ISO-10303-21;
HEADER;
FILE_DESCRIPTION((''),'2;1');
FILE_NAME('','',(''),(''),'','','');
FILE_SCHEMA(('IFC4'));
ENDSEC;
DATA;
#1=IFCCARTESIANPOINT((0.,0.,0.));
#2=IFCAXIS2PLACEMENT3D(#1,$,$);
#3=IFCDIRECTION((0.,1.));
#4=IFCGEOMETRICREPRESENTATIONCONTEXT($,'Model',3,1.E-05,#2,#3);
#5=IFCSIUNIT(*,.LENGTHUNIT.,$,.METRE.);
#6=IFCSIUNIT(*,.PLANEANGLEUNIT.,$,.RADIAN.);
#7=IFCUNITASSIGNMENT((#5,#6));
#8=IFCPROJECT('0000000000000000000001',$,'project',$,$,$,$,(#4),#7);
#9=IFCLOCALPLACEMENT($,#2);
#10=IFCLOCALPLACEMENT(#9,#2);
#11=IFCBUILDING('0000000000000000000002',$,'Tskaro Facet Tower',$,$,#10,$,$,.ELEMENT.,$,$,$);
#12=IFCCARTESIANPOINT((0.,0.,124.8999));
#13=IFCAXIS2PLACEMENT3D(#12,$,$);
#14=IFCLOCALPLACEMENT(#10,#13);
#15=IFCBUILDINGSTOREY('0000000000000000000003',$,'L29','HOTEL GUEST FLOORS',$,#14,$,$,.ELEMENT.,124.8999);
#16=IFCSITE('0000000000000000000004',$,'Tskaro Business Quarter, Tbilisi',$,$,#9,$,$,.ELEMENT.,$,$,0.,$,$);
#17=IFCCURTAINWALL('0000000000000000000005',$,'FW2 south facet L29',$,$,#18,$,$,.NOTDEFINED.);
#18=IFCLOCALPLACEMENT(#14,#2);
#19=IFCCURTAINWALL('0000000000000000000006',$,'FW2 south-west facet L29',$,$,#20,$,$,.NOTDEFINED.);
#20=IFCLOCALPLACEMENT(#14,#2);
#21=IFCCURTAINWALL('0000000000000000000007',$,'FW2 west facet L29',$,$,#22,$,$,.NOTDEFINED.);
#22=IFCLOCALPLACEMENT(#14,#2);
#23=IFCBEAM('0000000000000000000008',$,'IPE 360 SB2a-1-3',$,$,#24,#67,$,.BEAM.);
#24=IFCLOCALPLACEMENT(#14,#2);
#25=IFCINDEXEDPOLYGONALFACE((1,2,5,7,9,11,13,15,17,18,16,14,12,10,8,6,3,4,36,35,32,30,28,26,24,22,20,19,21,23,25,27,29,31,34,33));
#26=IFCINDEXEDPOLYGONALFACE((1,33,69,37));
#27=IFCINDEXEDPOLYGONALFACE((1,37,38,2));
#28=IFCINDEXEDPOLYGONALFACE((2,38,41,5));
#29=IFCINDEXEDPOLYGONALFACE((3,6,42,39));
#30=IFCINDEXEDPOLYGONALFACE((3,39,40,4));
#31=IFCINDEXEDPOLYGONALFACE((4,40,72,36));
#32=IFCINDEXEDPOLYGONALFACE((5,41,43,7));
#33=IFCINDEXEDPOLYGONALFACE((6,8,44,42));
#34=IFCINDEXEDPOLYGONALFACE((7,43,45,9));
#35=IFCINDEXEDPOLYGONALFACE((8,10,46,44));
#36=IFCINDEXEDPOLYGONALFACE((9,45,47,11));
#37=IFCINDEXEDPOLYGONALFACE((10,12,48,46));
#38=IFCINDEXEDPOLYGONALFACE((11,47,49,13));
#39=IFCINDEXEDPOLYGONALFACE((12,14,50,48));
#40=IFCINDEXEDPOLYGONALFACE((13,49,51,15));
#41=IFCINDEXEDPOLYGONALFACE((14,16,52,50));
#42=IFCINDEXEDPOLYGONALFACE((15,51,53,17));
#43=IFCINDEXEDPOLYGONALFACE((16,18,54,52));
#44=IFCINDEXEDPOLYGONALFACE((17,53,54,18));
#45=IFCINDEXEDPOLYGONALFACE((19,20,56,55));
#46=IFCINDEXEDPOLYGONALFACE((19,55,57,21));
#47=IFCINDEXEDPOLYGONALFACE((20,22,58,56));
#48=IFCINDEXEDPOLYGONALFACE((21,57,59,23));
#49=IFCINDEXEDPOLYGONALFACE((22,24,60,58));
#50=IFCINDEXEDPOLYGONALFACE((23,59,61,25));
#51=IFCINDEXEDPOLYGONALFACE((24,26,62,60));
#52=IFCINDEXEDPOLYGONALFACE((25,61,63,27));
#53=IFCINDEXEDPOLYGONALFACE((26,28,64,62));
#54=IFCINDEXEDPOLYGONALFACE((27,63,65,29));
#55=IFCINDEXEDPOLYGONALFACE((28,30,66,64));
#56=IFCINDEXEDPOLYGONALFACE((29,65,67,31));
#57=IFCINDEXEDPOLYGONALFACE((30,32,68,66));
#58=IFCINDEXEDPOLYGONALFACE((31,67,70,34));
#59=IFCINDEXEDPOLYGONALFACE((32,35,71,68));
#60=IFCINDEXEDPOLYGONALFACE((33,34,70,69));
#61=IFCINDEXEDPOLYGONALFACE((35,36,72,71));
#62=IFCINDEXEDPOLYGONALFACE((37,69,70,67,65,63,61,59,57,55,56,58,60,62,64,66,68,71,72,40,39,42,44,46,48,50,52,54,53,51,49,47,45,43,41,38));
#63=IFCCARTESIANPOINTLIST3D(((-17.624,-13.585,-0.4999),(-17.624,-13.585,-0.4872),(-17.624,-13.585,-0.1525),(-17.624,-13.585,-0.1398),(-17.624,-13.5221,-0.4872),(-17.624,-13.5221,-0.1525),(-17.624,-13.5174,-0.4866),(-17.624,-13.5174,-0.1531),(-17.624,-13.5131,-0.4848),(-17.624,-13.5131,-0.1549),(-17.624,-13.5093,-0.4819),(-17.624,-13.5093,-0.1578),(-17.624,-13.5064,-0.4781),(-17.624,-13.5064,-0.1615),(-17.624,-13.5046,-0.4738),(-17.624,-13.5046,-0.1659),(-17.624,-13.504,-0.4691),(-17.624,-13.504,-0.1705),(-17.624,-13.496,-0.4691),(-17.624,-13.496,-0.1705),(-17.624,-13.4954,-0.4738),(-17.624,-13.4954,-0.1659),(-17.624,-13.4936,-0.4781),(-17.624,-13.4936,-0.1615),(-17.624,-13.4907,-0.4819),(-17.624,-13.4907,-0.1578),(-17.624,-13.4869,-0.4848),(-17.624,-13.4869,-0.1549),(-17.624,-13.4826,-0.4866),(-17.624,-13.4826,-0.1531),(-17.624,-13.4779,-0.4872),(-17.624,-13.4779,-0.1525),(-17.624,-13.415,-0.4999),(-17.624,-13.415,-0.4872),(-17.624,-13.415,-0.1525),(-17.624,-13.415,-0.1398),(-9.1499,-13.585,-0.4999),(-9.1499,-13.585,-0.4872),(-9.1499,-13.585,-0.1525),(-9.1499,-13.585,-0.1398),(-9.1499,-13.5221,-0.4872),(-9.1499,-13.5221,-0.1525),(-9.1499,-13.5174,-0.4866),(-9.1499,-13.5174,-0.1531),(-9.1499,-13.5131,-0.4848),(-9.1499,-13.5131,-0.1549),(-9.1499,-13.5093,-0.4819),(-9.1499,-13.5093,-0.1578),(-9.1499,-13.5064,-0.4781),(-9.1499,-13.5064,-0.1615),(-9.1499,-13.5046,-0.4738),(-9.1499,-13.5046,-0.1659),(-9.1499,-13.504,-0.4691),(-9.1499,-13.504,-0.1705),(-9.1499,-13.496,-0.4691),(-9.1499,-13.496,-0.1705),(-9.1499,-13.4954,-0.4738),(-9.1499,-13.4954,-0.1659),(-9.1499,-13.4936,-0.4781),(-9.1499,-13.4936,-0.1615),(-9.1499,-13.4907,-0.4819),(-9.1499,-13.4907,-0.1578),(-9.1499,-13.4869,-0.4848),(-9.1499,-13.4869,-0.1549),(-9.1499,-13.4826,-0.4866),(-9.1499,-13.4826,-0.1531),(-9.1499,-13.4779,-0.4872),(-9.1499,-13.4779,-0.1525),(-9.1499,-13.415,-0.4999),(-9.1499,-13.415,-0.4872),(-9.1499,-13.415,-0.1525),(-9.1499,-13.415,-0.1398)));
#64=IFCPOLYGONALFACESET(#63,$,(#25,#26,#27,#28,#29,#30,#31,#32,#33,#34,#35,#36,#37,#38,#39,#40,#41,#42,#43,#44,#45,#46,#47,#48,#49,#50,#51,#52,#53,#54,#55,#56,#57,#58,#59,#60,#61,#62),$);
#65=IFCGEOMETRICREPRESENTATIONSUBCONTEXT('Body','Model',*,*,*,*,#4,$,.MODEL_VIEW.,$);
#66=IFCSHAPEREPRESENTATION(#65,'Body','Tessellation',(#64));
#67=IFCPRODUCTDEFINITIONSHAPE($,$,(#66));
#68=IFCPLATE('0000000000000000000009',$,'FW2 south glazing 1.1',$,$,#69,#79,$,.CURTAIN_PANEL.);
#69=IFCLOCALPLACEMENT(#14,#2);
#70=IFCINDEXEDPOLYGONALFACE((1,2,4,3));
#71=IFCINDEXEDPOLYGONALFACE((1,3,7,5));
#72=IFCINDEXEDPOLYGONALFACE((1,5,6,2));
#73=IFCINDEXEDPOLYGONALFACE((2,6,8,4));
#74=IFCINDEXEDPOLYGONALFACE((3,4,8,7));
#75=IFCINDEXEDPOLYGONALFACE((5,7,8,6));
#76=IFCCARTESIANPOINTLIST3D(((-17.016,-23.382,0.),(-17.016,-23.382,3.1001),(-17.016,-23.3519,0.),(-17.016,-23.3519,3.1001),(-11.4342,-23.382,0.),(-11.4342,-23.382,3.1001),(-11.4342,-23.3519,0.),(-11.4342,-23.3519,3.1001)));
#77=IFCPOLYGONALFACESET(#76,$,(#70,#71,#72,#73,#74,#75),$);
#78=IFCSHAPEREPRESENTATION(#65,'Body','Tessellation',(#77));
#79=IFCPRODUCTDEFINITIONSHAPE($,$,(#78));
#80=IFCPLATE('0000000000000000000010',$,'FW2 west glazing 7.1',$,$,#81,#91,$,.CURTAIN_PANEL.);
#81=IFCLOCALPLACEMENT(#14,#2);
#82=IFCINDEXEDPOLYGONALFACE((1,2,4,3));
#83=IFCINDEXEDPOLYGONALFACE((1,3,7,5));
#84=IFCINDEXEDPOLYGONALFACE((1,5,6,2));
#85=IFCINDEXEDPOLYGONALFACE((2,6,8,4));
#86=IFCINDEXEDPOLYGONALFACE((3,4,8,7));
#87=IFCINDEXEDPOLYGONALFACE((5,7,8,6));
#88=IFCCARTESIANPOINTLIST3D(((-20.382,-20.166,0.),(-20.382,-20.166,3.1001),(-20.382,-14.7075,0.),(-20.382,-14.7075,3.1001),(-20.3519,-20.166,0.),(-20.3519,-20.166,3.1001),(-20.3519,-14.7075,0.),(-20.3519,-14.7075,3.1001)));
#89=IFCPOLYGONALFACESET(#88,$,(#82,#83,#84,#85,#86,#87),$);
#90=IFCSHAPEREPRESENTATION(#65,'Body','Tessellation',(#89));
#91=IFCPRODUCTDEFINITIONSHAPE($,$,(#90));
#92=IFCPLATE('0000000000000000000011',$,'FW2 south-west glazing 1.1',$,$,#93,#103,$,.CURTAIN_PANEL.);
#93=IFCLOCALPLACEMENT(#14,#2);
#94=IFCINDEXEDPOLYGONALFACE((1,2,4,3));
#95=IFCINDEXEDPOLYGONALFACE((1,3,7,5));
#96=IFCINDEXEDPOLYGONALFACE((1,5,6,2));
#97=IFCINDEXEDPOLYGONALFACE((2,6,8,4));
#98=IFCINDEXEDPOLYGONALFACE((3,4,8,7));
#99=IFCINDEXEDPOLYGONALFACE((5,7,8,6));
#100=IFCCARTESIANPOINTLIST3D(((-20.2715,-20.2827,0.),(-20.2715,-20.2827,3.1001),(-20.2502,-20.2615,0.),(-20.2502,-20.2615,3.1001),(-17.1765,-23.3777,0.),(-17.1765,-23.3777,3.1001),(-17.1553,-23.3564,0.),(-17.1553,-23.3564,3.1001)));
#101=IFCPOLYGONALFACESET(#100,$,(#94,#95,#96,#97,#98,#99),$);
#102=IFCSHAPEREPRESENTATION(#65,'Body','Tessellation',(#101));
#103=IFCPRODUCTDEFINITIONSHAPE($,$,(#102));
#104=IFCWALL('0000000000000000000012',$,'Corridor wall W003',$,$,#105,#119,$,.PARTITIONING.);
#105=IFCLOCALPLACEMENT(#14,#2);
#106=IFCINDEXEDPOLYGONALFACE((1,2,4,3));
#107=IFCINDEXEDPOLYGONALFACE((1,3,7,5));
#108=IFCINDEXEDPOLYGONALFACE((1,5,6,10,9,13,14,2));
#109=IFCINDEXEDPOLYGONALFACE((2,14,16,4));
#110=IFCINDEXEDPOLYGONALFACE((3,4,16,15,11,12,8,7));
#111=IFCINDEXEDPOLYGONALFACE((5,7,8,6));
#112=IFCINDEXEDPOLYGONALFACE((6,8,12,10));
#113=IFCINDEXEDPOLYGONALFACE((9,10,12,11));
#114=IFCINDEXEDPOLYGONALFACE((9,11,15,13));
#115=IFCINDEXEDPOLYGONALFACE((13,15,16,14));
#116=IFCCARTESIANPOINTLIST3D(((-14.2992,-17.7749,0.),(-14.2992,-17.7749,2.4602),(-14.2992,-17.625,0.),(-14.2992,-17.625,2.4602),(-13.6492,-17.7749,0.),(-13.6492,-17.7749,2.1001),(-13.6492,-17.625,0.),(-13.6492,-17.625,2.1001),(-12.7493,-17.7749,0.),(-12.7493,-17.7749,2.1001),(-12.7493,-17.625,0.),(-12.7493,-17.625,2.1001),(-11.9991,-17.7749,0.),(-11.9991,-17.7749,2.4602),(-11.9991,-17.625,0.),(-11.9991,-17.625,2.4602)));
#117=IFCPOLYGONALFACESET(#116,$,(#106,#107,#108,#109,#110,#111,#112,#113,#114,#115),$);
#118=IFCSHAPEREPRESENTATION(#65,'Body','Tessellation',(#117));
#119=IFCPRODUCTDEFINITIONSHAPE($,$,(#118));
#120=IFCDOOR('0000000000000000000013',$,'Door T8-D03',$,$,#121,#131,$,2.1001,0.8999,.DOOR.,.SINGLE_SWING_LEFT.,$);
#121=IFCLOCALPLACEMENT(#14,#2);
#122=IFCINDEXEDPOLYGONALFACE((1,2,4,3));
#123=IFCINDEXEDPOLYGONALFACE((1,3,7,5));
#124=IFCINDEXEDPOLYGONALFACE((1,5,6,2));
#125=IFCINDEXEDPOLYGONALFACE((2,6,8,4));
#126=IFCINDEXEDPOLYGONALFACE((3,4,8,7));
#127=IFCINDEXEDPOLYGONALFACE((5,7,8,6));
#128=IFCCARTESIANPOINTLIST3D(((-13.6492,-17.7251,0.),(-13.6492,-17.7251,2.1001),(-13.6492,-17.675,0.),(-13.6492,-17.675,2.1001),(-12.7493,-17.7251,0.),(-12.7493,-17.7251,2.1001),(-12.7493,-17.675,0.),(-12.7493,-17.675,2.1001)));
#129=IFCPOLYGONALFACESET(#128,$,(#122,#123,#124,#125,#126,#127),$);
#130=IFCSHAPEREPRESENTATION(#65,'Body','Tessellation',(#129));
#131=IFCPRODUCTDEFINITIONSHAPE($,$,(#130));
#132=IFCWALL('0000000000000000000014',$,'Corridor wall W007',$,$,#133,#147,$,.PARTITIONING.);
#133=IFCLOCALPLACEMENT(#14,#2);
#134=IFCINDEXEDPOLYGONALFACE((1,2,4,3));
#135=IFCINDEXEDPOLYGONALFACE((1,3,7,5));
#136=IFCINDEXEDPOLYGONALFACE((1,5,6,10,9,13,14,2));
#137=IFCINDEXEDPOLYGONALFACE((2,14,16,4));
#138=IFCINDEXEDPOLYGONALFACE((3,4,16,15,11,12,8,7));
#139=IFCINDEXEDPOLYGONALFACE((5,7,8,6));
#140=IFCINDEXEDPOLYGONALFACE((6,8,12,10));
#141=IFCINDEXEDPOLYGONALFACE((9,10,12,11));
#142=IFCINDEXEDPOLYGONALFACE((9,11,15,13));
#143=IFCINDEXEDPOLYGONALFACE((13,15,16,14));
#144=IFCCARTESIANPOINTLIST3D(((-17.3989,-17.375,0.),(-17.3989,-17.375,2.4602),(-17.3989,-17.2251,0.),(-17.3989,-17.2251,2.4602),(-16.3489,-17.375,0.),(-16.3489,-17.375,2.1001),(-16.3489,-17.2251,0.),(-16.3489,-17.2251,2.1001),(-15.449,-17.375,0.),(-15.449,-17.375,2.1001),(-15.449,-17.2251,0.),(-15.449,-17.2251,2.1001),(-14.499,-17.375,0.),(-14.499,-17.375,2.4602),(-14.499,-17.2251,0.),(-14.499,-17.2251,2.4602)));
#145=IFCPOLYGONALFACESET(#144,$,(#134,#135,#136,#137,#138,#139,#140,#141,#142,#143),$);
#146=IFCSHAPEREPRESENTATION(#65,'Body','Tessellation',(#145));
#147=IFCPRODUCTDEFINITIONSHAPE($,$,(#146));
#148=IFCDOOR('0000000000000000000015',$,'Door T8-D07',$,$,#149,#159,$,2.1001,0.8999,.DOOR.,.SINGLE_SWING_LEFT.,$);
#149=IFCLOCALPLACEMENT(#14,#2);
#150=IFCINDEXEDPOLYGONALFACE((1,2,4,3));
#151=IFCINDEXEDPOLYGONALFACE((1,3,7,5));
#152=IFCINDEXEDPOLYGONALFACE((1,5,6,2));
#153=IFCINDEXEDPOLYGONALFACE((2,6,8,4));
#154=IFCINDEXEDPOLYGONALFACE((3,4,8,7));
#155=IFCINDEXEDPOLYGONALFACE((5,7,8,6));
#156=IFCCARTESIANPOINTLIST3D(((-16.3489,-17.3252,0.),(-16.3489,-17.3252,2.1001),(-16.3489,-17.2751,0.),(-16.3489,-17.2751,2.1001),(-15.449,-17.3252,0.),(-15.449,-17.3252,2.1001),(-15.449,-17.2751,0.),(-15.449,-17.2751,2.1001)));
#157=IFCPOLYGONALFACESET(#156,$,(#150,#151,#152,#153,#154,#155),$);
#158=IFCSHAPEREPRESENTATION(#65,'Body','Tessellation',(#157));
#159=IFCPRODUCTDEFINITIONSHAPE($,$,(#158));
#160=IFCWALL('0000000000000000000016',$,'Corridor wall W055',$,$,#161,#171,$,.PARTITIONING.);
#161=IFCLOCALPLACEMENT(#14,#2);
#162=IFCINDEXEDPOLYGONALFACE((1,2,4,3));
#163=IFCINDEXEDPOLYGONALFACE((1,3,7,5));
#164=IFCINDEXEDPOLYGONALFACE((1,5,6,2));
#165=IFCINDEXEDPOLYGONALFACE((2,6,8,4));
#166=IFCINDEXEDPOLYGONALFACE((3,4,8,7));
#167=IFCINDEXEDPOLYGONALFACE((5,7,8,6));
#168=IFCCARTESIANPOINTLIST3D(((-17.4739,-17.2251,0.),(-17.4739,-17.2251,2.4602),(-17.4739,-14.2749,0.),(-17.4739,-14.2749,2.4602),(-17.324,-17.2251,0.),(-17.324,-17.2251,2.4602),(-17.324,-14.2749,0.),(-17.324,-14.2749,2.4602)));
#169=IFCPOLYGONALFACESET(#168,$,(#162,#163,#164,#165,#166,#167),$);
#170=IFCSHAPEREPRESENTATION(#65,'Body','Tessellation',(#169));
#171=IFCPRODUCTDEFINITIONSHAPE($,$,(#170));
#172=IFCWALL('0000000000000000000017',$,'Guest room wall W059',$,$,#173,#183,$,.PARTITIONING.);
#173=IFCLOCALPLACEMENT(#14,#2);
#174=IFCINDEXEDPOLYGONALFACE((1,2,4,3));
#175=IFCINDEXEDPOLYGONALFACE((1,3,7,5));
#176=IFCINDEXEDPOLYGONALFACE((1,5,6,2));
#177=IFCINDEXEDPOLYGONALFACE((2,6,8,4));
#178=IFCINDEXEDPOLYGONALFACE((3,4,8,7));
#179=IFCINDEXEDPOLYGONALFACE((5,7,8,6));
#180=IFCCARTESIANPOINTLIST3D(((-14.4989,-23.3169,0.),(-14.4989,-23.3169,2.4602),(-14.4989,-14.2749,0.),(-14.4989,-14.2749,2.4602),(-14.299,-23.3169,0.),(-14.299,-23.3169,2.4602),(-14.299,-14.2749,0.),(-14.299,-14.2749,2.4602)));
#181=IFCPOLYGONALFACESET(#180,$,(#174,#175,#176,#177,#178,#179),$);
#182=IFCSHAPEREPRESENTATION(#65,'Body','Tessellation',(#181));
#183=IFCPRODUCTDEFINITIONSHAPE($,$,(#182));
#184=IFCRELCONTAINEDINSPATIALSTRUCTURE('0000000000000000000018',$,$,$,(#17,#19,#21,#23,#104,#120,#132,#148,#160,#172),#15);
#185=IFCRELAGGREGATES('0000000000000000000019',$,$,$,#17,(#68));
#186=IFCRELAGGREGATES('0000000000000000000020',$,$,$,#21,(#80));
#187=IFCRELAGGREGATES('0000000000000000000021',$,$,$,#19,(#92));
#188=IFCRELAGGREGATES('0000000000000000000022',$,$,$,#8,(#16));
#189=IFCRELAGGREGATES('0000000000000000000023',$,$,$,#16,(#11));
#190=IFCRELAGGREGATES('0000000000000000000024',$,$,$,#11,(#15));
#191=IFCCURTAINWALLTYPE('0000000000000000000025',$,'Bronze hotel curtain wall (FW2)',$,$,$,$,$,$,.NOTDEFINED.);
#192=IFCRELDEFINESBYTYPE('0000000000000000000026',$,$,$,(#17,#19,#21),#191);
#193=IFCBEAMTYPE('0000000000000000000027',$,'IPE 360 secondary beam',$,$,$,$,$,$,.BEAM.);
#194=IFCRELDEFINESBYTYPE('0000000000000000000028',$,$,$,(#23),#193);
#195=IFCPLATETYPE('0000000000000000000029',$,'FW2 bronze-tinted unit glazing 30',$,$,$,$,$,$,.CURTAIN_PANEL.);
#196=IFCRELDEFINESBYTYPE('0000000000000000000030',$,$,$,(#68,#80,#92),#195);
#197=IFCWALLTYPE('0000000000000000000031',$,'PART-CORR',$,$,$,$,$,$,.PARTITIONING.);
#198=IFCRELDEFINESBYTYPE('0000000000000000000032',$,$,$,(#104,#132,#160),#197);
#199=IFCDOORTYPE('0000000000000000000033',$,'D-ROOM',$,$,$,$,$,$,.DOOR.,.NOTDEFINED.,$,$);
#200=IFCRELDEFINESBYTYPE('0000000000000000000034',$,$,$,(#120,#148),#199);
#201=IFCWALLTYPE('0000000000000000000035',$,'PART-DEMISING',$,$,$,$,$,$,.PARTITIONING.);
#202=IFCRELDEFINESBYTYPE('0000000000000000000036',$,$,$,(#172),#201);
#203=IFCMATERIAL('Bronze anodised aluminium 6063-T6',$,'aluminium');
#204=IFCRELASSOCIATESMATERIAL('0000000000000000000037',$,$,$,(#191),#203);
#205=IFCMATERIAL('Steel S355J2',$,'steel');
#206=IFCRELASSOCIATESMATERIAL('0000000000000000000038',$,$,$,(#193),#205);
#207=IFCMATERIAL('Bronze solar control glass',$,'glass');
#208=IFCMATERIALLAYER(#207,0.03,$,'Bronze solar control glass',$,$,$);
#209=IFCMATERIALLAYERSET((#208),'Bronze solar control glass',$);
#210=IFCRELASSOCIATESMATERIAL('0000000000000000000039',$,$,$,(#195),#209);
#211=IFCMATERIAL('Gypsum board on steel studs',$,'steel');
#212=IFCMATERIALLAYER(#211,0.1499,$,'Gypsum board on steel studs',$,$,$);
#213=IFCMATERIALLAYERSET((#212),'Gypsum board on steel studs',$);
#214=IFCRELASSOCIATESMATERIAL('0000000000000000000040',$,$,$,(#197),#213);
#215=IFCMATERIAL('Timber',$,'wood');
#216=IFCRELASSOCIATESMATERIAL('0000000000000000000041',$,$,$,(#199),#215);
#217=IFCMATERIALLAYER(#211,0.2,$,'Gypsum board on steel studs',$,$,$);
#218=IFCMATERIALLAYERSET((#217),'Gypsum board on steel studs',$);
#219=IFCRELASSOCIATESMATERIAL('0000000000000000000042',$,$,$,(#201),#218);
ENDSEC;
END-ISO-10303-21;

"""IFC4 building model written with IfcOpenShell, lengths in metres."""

from ifc_helpers import new_model, si_unit, direction, frame, frame_2d, origin, origin_2d, place, context, subcontext, project, spatial, rectangle, i_section, extrude, material, layer, layer_set, material_profile, profile_set, type_object, element, fill, aggregate, save


model = new_model("IFC4")

# Units and contexts
model_context = context("Model", 3, precision=1e-05, world=origin(), true_north=direction((0.0, 1.0)))
body_context = subcontext(model_context, "Body", "Model", "MODEL_VIEW")
ifc_project = project(units=[si_unit("LENGTHUNIT", "METRE"), si_unit("PLANEANGLEUNIT", "RADIAN")], contexts=[model_context])

# Site, building, storey
site_placement = place(None, origin())
site = spatial("IfcSite", under=ifc_project, at=site_placement, Name="Tskaro Business Quarter, Tbilisi", CompositionType="ELEMENT", RefElevation=0.0)
building_placement = place(site_placement, origin())
building = spatial("IfcBuilding", under=site, at=building_placement, Name="Tskaro Facet Tower", CompositionType="ELEMENT")
storey_placement = place(building_placement, frame((0.0, 0.0, 124.8999)))
storey = spatial("IfcBuildingStorey", under=building, at=storey_placement, Name="L29", Description="HOTEL GUEST FLOORS", CompositionType="ELEMENT", Elevation=124.8999)

# Curtain walls
ifc_material_1 = material(Name="Bronze anodised aluminium 6063-T6", Category="aluminium")
curtain_wall_type = type_object("IfcCurtainWallType", Name="Bronze hotel curtain wall (FW2)", PredefinedType="NOTDEFINED", material=ifc_material_1)
curtain_wall_1_placement = place(storey_placement, origin())
curtain_wall_1 = element("IfcCurtainWall", 1, at=curtain_wall_1_placement, inside=storey, type_object=curtain_wall_type, Name="FW2 south facet L29", PredefinedType="NOTDEFINED")
curtain_wall_2_placement = place(storey_placement, origin())
curtain_wall_2 = element("IfcCurtainWall", 2, at=curtain_wall_2_placement, inside=storey, type_object=curtain_wall_type, Name="FW2 south-west facet L29", PredefinedType="NOTDEFINED")
curtain_wall_3_placement = place(storey_placement, origin())
curtain_wall_3 = element("IfcCurtainWall", 3, at=curtain_wall_3_placement, inside=storey, type_object=curtain_wall_type, Name="FW2 west facet L29", PredefinedType="NOTDEFINED")

# Beam
ifc_material_2 = material(Name="Steel S355J2", Category="steel")
ifc_material_profile_1 = material_profile(ifc_material_2, i_section(OverallWidth=0.1699, OverallDepth=0.3601, WebThickness=0.0081, FlangeThickness=0.0127, FilletRadius=0.0181, at=origin_2d()), Name="IPE 360")
ifc_profile_set_1 = profile_set([ifc_material_profile_1], Name="Steel S355J2")
beam_type_1 = type_object("IfcBeamType", Name="IPE 360 secondary beam", PredefinedType="BEAM", material=ifc_profile_set_1)
beam_1_placement = place(storey_placement, frame((-17.624, -13.5, -0.3198), z_axis=(1.0, 0.0, 0.0), x_axis=(0.0, 1.0, 0.0)))
element("IfcBeam", 4, at=beam_1_placement, inside=storey, type_object=beam_type_1, Name="IPE 360 SB2a-1-3", PredefinedType="BEAM", context=body_context, shape_type="SweptSolid", body=[
    extrude(i_section(OverallWidth=0.1699, OverallDepth=0.3601, WebThickness=0.0081, FlangeThickness=0.0127, FilletRadius=0.0181, at=origin_2d()), origin(), (0.0, 0.0, 1.0), 8.4741),
])

# Plates
ifc_material_3 = material(Name="Bronze solar control glass", Category="glass")
ifc_layer_1 = layer(ifc_material_3, 0.03, Name="Bronze solar control glass")
ifc_layer_set_1 = layer_set([ifc_layer_1], Name="Bronze solar control glass")
plate_type = type_object("IfcPlateType", Name="FW2 bronze-tinted unit glazing 30", PredefinedType="CURTAIN_PANEL", material=ifc_layer_set_1)
plate_1_placement = place(storey_placement, frame((-14.2251, -23.3669, 0.0), z_axis=(0.0, 0.0, 1.0), x_axis=(1.0, 0.0, 0.0)))
plate_1 = element("IfcPlate", 5, at=plate_1_placement, type_object=plate_type, Name="FW2 south glazing 1.1", PredefinedType="CURTAIN_PANEL", context=body_context, shape_type="SweptSolid", body=[
    extrude(rectangle(XDim=5.5818, YDim=0.03, at=origin_2d()), origin(), (0.0, 0.0, 1.0), 3.1001),
])
aggregate(curtain_wall_1, [plate_1])
plate_2_placement = place(storey_placement, frame((-20.3669, -17.4368, 0.0), z_axis=(0.0, 0.0, 1.0), x_axis=(0.0, -1.0, 0.0)))
plate_2 = element("IfcPlate", 6, at=plate_2_placement, type_object=plate_type, Name="FW2 west glazing 7.1", PredefinedType="CURTAIN_PANEL", context=body_context, shape_type="SweptSolid", body=[
    extrude(rectangle(XDim=5.4585, YDim=0.03, at=origin_2d()), origin(), (0.0, 0.0, 1.0), 3.1001),
])
aggregate(curtain_wall_3, [plate_2])
plate_3_placement = place(storey_placement, frame((-18.7134, -21.8196, 0.0), z_axis=(0.0, 0.0, 1.0), x_axis=(0.707107, -0.707107, 0.0)))
plate_3 = element("IfcPlate", 7, at=plate_3_placement, type_object=plate_type, Name="FW2 south-west glazing 1.1", PredefinedType="CURTAIN_PANEL", context=body_context, shape_type="SweptSolid", body=[
    extrude(rectangle(XDim=4.377, YDim=0.03, at=origin_2d()), origin(), (0.0, 0.0, 1.0), 3.1001),
])
aggregate(curtain_wall_2, [plate_3])

# Walls, openings, doors
ifc_material_4 = material(Name="Gypsum board on steel studs", Category="steel")
ifc_layer_2 = layer(ifc_material_4, 0.1499, Name="Gypsum board on steel studs")
ifc_layer_set_2 = layer_set([ifc_layer_2], Name="Gypsum board on steel studs")
wall_type_1 = type_object("IfcWallType", Name="PART-CORR", PredefinedType="PARTITIONING", material=ifc_layer_set_2)
wall_1_placement = place(storey_placement, frame((-14.2991, -17.7, 0.0), z_axis=(0.0, 0.0, 1.0), x_axis=(1.0, 0.0, 0.0)))
wall_1 = element("IfcWall", 8, at=wall_1_placement, inside=storey, type_object=wall_type_1, Name="Corridor wall W003", PredefinedType="PARTITIONING", context=body_context, shape_type="SweptSolid", body=[
    extrude(rectangle(XDim=2.3, YDim=0.1499, at=frame_2d((1.1499, 0.0))), origin(), (0.0, 0.0, 1.0), 2.4602),
])
opening_1_placement = place(wall_1_placement, frame((0.6499, 0.0, 0.0)))
opening_1 = element("IfcOpeningElement", 9, at=opening_1_placement, cuts=wall_1, PredefinedType="OPENING", context=body_context, shape_type="SweptSolid", body=[
    extrude(rectangle(XDim=0.8999, YDim=2.1001, at=frame_2d((0.45, 1.05))), frame((0.0, 0.085, 0.0), z_axis=(0.0, -1.0, 0.0), x_axis=(1.0, 0.0, 0.0)), (0.0, 0.0, 1.0), 0.1699),
])
ifc_material_5 = material(Name="Timber", Category="wood")
door_type = type_object("IfcDoorType", Name="D-ROOM", OperationType="NOTDEFINED", PredefinedType="DOOR", material=ifc_material_5)
door_1_placement = place(opening_1_placement, origin())
door_1 = element("IfcDoor", 10, at=door_1_placement, inside=storey, type_object=door_type, Name="Door T8-D03", OperationType="SINGLE_SWING_LEFT", OverallHeight=2.1001, OverallWidth=0.8999, PredefinedType="DOOR", context=body_context, shape_type="SweptSolid", body=[
    extrude(rectangle(XDim=0.8999, YDim=2.1001, at=frame_2d((0.45, 1.05))), frame((0.0, 0.0249, 0.0), z_axis=(0.0, -1.0, 0.0), x_axis=(1.0, 0.0, 0.0)), (0.0, 0.0, 1.0), 0.05),
])
fill(opening_1, door_1)
wall_2_placement = place(storey_placement, frame((-17.3989, -17.3, 0.0), z_axis=(0.0, 0.0, 1.0), x_axis=(1.0, 0.0, 0.0)))
wall_2 = element("IfcWall", 11, at=wall_2_placement, inside=storey, type_object=wall_type_1, Name="Corridor wall W007", PredefinedType="PARTITIONING", context=body_context, shape_type="SweptSolid", body=[
    extrude(rectangle(XDim=2.8999, YDim=0.1499, at=frame_2d((1.45, 0.0))), origin(), (0.0, 0.0, 1.0), 2.4602),
])
opening_2_placement = place(wall_2_placement, frame((1.05, 0.0, 0.0)))
opening_2 = element("IfcOpeningElement", 12, at=opening_2_placement, cuts=wall_2, PredefinedType="OPENING", context=body_context, shape_type="SweptSolid", body=[
    extrude(rectangle(XDim=0.8999, YDim=2.1001, at=frame_2d((0.45, 1.05))), frame((0.0, 0.085, 0.0), z_axis=(0.0, -1.0, 0.0), x_axis=(1.0, 0.0, 0.0)), (0.0, 0.0, 1.0), 0.1699),
])
door_2_placement = place(opening_2_placement, origin())
door_2 = element("IfcDoor", 13, at=door_2_placement, inside=storey, type_object=door_type, Name="Door T8-D07", OperationType="SINGLE_SWING_LEFT", OverallHeight=2.1001, OverallWidth=0.8999, PredefinedType="DOOR", context=body_context, shape_type="SweptSolid", body=[
    extrude(rectangle(XDim=0.8999, YDim=2.1001, at=frame_2d((0.45, 1.05))), frame((0.0, 0.0249, 0.0), z_axis=(0.0, -1.0, 0.0), x_axis=(1.0, 0.0, 0.0)), (0.0, 0.0, 1.0), 0.05),
])
fill(opening_2, door_2)

# Walls
wall_3_placement = place(storey_placement, frame((-17.3989, -17.2251, 0.0), z_axis=(0.0, 0.0, 1.0), x_axis=(0.0, 1.0, 0.0)))
element("IfcWall", 14, at=wall_3_placement, inside=storey, type_object=wall_type_1, Name="Corridor wall W055", PredefinedType="PARTITIONING", context=body_context, shape_type="SweptSolid", body=[
    extrude(rectangle(XDim=2.9502, YDim=0.1499, at=frame_2d((1.4751, 0.0))), origin(), (0.0, 0.0, 1.0), 2.4602),
])
ifc_layer_3 = layer(ifc_material_4, 0.2, Name="Gypsum board on steel studs")
ifc_layer_set_3 = layer_set([ifc_layer_3], Name="Gypsum board on steel studs")
wall_type_2 = type_object("IfcWallType", Name="PART-DEMISING", PredefinedType="PARTITIONING", material=ifc_layer_set_3)
wall_4_placement = place(storey_placement, frame((-14.3989, -23.3169, 0.0), z_axis=(0.0, 0.0, 1.0), x_axis=(0.0, 1.0, 0.0)))
element("IfcWall", 15, at=wall_4_placement, inside=storey, type_object=wall_type_2, Name="Guest room wall W059", PredefinedType="PARTITIONING", context=body_context, shape_type="SweptSolid", body=[
    extrude(rectangle(XDim=9.042, YDim=0.2, at=frame_2d((4.521, 0.0))), origin(), (0.0, 0.0, 1.0), 2.4602),
])

save(model, "model.ifc")
